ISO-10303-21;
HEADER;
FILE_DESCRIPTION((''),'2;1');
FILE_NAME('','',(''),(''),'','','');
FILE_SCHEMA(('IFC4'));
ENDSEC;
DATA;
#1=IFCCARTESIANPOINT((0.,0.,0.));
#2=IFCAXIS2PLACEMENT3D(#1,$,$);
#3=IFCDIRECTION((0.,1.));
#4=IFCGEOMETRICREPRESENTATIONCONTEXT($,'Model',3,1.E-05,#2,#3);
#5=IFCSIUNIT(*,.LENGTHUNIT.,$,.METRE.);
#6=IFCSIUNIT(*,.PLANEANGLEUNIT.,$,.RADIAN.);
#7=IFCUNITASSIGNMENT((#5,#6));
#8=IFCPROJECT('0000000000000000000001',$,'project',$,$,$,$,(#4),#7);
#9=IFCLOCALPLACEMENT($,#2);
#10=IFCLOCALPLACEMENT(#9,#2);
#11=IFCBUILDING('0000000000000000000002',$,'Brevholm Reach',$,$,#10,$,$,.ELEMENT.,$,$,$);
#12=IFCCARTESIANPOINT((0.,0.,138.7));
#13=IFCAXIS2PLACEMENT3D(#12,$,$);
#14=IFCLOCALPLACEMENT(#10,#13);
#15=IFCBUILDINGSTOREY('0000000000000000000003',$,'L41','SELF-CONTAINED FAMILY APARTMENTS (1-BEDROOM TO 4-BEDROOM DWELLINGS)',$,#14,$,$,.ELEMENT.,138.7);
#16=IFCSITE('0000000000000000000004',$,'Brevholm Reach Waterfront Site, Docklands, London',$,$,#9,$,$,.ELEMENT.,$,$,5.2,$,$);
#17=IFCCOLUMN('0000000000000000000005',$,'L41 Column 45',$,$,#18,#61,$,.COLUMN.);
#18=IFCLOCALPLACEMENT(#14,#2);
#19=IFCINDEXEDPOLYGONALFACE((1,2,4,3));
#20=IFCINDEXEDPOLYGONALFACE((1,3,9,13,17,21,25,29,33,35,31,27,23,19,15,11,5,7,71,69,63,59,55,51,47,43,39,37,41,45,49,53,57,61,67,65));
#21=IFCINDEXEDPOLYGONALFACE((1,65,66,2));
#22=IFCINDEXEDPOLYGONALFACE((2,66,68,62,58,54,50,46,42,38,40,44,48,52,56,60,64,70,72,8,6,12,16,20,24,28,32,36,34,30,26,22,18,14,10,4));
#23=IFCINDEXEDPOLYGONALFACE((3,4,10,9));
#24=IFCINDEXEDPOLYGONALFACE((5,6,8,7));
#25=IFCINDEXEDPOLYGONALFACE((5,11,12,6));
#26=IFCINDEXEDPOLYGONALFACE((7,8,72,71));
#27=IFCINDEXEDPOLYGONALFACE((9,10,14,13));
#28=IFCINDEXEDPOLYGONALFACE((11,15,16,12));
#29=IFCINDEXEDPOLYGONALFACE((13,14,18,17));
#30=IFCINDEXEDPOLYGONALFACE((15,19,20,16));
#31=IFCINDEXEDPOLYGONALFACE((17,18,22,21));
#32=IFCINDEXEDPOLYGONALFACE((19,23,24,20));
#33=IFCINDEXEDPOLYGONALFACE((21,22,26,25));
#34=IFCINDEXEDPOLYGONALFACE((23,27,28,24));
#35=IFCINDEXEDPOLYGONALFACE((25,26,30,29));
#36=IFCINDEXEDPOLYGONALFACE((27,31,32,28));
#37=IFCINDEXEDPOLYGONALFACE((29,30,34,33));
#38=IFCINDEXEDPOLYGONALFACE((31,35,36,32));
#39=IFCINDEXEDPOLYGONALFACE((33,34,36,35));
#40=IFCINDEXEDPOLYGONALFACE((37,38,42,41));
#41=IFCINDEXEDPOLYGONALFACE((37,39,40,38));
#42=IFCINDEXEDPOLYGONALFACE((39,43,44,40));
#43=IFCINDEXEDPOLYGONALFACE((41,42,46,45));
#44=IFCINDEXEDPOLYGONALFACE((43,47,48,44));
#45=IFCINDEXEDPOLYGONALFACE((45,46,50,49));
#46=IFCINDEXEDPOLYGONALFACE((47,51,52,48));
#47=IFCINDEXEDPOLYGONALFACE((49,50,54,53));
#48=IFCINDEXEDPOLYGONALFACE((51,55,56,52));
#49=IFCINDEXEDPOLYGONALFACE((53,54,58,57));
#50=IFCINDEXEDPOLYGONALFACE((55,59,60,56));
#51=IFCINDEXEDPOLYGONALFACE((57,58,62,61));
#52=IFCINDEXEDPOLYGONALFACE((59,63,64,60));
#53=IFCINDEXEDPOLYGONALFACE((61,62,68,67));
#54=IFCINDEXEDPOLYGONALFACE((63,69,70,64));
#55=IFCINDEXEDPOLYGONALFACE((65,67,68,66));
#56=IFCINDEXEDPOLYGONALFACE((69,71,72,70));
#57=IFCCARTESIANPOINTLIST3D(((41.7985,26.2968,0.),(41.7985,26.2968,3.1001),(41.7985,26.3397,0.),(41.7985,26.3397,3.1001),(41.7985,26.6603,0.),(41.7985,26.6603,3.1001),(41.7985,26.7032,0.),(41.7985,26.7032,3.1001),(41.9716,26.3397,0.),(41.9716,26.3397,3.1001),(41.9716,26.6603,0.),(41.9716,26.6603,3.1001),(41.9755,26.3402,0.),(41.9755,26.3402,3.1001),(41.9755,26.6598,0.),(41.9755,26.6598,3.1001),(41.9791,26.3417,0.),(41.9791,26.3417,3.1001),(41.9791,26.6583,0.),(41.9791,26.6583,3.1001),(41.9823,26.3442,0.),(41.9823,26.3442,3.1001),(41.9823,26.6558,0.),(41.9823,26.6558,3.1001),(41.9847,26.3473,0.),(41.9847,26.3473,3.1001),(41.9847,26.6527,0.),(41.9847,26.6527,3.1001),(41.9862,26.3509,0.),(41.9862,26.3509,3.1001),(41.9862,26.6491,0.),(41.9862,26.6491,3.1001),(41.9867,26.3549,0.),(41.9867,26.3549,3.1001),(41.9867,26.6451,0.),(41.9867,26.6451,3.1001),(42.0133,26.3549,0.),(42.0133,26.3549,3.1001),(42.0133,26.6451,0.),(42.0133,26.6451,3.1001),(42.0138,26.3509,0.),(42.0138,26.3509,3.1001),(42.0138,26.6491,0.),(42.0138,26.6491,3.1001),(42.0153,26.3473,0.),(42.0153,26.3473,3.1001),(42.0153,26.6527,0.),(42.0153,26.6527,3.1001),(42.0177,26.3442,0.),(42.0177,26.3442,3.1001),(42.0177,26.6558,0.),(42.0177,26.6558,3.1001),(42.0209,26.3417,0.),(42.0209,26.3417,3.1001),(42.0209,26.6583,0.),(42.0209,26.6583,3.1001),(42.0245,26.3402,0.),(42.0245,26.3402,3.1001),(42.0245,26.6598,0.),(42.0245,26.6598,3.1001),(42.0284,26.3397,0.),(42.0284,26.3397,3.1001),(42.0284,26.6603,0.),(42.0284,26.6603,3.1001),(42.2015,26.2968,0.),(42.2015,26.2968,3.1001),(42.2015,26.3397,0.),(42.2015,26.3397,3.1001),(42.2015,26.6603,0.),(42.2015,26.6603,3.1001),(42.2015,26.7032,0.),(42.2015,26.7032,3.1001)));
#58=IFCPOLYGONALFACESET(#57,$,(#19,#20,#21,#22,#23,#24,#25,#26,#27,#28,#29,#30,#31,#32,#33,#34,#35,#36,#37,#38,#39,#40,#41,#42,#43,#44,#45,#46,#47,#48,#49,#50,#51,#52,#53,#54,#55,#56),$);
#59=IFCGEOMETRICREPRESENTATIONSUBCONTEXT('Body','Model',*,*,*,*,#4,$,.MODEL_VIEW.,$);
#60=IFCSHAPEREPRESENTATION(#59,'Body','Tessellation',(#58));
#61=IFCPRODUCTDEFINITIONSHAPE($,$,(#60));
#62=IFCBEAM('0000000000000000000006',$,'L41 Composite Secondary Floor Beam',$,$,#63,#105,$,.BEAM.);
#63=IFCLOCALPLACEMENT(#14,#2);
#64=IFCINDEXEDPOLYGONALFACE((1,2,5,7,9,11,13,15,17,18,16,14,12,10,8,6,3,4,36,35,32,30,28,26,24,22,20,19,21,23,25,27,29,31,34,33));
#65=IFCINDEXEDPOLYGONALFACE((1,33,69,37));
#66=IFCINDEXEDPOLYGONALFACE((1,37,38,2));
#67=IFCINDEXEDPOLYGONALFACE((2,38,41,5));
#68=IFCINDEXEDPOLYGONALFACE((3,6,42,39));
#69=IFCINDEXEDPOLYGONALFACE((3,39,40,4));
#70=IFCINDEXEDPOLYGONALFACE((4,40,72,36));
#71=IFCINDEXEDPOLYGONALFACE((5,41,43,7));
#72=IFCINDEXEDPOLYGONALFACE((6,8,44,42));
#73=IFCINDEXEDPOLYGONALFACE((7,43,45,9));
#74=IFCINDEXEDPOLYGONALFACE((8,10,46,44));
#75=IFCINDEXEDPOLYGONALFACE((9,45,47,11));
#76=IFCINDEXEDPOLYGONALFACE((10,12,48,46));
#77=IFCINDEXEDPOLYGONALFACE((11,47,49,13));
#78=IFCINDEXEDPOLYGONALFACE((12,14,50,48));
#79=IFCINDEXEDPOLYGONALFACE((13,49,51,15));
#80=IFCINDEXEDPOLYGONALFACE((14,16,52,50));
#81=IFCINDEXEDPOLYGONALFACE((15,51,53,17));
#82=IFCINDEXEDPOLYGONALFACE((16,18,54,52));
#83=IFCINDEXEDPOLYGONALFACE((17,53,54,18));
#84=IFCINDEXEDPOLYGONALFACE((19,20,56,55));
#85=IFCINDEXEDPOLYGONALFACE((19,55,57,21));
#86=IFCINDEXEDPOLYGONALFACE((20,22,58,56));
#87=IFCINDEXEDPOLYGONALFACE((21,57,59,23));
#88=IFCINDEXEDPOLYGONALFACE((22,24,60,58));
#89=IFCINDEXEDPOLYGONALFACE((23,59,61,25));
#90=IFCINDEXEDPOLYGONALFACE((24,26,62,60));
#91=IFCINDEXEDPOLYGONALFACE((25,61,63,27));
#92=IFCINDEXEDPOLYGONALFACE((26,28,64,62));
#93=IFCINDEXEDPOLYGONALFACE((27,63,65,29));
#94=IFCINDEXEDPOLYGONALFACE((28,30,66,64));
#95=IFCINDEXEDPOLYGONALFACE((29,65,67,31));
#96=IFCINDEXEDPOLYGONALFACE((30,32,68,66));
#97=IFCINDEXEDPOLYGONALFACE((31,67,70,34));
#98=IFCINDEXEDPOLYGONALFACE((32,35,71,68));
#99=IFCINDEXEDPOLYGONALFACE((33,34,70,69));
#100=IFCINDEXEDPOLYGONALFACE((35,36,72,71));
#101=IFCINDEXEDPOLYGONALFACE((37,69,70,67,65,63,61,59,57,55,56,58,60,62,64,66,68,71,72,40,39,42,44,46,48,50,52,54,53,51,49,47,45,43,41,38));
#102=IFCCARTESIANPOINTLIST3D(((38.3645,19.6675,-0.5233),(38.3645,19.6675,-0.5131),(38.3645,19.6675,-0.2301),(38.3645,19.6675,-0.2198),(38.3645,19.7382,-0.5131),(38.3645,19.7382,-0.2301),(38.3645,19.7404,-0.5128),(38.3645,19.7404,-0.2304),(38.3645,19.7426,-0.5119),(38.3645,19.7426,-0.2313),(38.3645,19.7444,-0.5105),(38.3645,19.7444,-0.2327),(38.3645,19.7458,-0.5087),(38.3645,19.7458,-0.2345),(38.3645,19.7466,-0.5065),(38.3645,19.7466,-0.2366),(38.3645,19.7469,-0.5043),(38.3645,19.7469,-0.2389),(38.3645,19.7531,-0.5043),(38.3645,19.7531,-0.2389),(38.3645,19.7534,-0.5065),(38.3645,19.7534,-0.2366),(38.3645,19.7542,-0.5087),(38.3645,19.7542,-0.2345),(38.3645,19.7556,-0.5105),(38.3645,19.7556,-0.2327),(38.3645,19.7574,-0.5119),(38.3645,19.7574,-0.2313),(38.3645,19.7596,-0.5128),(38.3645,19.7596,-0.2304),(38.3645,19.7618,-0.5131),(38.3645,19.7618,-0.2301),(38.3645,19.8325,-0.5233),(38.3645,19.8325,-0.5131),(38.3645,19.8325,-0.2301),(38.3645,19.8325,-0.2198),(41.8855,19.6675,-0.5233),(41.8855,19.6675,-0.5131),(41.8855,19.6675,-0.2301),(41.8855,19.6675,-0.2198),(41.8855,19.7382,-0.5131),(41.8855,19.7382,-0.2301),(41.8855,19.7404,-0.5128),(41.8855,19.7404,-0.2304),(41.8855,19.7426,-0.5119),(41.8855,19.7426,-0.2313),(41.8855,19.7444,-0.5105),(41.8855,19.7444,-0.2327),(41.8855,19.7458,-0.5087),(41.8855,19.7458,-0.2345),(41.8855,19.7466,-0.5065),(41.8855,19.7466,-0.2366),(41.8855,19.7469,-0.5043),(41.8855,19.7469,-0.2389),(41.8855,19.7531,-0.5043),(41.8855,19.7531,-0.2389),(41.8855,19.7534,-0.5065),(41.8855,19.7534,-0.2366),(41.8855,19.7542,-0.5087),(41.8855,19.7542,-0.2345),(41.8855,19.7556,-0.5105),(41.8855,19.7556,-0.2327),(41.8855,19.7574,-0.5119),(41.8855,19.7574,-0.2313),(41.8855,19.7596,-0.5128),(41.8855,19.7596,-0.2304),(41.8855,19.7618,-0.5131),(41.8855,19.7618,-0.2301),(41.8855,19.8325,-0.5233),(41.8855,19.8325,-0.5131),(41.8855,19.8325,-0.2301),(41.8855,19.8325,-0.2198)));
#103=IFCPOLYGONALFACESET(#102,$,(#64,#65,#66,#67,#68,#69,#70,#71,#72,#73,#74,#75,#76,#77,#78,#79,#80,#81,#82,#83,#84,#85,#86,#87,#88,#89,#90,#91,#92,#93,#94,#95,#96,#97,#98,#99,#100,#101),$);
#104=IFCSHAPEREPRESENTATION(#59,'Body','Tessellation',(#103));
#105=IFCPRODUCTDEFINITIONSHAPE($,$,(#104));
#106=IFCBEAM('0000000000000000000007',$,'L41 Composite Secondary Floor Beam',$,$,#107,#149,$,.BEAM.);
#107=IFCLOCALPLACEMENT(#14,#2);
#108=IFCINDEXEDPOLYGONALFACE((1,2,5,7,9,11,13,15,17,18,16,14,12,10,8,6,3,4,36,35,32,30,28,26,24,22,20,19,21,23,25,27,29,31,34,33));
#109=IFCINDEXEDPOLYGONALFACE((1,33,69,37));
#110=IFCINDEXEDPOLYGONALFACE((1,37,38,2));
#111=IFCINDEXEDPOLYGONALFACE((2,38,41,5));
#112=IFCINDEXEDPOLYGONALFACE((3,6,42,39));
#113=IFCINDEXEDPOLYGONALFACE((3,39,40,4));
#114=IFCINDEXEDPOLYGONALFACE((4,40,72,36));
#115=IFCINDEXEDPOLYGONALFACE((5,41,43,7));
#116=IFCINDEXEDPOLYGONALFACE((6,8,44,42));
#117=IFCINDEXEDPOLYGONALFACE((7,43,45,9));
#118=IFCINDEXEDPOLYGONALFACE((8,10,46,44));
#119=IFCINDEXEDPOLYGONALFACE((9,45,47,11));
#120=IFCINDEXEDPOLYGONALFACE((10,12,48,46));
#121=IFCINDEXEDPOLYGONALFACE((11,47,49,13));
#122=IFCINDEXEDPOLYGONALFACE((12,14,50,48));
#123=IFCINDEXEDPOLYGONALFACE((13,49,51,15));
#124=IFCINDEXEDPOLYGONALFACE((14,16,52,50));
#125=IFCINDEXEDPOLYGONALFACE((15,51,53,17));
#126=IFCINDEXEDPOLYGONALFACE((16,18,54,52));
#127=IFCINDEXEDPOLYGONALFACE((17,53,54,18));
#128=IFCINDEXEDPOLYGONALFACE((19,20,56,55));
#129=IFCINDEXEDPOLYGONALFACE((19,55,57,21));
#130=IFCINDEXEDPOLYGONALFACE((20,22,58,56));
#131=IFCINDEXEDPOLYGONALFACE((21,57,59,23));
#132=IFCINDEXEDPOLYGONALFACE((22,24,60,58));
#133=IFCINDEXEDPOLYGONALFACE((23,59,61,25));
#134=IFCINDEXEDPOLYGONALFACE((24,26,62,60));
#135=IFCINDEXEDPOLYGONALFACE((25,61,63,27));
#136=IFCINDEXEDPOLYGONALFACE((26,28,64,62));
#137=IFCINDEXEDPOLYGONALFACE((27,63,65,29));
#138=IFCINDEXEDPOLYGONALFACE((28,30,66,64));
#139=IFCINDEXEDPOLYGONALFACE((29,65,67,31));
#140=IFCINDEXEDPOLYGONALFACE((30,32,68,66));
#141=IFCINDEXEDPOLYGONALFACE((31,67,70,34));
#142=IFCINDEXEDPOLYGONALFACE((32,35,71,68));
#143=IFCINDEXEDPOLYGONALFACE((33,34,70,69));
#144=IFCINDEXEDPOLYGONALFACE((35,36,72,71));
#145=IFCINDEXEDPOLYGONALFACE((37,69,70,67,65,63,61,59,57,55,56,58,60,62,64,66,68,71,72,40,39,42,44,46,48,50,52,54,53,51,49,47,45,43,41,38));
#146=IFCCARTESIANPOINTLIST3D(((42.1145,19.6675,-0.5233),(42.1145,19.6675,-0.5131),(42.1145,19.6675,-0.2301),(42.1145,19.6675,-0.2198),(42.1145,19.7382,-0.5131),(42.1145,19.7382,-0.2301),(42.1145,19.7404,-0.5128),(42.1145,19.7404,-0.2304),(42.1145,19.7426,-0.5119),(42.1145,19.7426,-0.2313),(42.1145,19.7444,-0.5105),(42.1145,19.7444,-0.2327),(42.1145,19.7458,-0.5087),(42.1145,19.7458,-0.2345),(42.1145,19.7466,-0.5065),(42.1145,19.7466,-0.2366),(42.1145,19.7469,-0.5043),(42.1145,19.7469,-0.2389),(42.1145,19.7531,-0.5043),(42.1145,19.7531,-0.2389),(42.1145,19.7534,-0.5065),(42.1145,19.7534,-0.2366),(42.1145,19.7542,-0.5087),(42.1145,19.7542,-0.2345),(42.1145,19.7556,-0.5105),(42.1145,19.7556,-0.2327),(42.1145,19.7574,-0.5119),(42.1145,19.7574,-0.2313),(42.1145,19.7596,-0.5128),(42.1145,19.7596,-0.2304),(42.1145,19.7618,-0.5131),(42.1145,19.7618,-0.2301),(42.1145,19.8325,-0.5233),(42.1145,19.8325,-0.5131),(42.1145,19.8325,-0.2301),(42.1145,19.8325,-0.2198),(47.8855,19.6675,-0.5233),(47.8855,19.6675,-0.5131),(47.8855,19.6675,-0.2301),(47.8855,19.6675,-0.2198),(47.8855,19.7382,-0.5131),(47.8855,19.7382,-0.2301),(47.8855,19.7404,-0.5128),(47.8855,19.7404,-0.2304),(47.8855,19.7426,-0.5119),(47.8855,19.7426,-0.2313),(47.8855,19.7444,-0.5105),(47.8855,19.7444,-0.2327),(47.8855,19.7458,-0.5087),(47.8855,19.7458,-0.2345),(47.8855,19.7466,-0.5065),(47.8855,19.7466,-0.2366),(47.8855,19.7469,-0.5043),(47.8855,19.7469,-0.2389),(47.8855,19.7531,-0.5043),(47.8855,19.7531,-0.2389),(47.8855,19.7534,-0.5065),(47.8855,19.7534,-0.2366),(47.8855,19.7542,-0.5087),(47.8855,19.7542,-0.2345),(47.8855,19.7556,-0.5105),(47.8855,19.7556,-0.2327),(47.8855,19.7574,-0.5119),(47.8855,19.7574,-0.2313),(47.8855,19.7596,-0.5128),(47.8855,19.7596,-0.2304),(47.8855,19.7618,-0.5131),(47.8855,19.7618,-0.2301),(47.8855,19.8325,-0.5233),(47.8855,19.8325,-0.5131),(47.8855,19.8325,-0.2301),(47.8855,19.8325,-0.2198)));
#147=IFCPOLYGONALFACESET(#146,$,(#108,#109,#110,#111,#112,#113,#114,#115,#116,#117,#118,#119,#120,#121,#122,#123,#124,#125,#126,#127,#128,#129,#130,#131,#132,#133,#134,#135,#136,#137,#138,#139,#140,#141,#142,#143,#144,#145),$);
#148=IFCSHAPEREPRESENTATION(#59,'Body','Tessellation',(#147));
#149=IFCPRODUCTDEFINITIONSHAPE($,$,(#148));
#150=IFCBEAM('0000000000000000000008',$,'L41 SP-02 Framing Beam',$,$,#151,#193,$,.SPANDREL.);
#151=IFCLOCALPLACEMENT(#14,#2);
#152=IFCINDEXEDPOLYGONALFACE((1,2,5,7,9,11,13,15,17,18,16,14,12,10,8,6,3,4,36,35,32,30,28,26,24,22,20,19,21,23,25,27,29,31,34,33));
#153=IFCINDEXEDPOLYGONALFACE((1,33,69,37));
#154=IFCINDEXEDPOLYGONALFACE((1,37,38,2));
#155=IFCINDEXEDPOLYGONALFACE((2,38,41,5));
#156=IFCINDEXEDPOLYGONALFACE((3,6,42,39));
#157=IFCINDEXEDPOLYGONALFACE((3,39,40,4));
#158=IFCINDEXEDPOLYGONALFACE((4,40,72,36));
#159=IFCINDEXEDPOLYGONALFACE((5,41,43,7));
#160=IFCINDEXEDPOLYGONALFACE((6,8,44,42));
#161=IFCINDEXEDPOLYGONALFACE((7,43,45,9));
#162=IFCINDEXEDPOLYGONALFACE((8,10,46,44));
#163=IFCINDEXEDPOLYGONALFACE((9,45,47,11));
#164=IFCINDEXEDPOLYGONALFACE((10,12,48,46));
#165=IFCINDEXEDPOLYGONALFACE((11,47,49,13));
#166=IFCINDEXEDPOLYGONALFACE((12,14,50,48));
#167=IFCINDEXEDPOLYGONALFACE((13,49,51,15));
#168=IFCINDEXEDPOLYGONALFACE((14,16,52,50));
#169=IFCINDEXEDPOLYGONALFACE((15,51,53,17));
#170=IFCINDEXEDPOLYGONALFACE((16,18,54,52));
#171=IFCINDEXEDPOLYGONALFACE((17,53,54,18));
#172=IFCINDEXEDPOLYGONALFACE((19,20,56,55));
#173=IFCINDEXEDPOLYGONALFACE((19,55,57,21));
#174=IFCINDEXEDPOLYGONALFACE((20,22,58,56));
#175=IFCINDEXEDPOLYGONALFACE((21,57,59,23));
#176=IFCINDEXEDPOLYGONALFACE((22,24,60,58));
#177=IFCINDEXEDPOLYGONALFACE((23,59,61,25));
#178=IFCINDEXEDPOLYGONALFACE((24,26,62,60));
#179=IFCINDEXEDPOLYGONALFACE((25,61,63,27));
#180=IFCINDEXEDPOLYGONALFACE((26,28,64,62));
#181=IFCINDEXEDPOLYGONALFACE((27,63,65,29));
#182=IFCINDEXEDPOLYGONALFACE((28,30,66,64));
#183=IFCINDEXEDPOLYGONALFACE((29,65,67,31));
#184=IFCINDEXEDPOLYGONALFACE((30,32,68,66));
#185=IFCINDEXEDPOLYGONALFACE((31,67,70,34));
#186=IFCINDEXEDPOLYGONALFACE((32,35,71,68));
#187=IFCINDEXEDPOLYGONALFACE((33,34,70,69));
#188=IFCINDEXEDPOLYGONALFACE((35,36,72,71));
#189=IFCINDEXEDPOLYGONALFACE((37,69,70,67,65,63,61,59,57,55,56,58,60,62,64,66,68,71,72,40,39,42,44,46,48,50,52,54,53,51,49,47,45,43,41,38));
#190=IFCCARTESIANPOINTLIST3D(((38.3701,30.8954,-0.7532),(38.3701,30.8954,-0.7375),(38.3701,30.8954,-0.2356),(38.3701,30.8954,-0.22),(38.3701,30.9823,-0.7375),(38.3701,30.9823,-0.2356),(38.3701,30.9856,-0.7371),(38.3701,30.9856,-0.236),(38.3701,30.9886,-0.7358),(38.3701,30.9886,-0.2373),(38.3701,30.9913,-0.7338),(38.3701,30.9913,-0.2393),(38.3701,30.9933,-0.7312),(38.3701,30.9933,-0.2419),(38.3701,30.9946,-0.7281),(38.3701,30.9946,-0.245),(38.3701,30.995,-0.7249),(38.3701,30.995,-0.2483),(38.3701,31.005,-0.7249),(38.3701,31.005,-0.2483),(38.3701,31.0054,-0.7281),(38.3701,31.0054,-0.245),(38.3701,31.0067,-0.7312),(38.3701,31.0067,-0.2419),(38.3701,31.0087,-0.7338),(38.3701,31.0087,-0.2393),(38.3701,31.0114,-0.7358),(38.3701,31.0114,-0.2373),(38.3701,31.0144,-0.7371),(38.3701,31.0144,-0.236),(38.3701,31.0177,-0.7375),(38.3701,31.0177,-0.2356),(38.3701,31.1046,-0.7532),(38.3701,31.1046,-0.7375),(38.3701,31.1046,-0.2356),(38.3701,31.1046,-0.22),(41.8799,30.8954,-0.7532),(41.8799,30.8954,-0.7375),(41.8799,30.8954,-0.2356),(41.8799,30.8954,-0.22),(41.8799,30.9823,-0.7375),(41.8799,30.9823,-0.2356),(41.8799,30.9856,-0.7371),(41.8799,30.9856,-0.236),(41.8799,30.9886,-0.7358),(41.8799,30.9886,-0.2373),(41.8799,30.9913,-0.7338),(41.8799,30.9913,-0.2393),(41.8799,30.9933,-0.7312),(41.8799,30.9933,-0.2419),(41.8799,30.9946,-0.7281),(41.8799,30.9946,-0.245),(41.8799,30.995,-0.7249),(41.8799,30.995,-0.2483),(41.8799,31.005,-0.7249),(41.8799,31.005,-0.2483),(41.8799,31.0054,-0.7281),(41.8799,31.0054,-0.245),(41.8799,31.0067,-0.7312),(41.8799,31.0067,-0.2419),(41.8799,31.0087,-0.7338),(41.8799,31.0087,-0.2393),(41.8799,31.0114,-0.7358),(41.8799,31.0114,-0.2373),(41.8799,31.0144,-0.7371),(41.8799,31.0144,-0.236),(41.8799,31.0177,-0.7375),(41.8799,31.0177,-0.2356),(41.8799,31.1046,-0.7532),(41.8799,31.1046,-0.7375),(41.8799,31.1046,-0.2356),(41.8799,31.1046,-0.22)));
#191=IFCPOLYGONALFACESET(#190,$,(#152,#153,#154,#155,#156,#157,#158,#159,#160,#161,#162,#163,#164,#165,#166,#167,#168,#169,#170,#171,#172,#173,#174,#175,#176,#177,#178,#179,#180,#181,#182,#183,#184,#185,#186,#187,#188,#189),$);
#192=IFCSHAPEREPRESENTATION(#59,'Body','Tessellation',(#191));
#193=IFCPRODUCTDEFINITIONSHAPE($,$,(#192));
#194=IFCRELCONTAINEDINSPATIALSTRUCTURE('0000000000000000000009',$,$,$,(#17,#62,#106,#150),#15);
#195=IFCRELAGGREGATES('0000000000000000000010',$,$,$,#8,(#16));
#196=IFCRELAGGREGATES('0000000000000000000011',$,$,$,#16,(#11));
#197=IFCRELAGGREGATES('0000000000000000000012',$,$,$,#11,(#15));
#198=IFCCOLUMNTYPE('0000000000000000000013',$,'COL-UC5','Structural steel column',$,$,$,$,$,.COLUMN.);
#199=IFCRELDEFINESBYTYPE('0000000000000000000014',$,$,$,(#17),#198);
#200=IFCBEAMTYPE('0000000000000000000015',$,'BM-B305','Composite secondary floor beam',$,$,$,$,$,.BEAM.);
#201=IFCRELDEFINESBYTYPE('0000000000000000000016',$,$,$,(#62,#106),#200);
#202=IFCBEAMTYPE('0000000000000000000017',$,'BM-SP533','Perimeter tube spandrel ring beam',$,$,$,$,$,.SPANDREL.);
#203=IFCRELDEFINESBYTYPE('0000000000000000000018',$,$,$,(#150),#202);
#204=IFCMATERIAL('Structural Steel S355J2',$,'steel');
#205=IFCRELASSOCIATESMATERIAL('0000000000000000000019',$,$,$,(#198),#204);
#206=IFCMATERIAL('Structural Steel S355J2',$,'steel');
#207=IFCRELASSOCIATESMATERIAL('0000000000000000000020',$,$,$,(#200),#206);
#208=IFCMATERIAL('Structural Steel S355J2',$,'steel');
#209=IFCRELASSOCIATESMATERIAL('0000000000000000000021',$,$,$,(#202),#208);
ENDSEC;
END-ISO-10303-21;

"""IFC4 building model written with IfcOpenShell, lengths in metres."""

from ifc_helpers import new_model, si_unit, direction, frame, origin, origin_2d, place, context, subcontext, project, spatial, i_section, extrude, material, material_profile, profile_set, type_object, element, save


model = new_model("IFC4")

# Units and contexts
model_context = context("Model", 3, precision=1e-05, world=origin(), true_north=direction((0.0, 1.0)))
body_context = subcontext(model_context, "Body", "Model", "MODEL_VIEW")
ifc_project = project(units=[si_unit("LENGTHUNIT", "METRE"), si_unit("PLANEANGLEUNIT", "RADIAN")], contexts=[model_context])

# Site, building, storey
site_placement = place(None, origin())
site = spatial("IfcSite", under=ifc_project, at=site_placement, Name="Brevholm Reach Waterfront Site, Docklands, London", CompositionType="ELEMENT", RefElevation=5.2)
building_placement = place(site_placement, origin())
building = spatial("IfcBuilding", under=site, at=building_placement, Name="Brevholm Reach", CompositionType="ELEMENT")
storey_placement = place(building_placement, frame((0.0, 0.0, 138.7)))
storey = spatial("IfcBuildingStorey", under=building, at=storey_placement, Name="L41", Description="SELF-CONTAINED FAMILY APARTMENTS (1-BEDROOM TO 4-BEDROOM DWELLINGS)", CompositionType="ELEMENT", Elevation=138.7)

# Column
ifc_material_1 = material(Name="Structural Steel S355J2", Category="steel")
ifc_material_profile_1 = material_profile(ifc_material_1, i_section(OverallWidth=0.4031, OverallDepth=0.4065, WebThickness=0.0266, FlangeThickness=0.043, FilletRadius=0.0151, at=origin_2d()), Name="UKC 356x406x340")
ifc_profile_set_1 = profile_set([ifc_material_profile_1], Name="Structural Steel S355J2")
column_type_1 = type_object("IfcColumnType", Name="COL-UC5", Description="Structural steel column", PredefinedType="COLUMN", material=ifc_profile_set_1)
for number, where, z_axis, x_axis, name in (
    (1, (42.0, 26.5, 0.0), (0.0, 0.0, 1.0), (1.0, 0.0, 0.0), "L41 Column 45"),
):
    element("IfcColumn", number, at=place(storey_placement, frame(where, z_axis=z_axis, x_axis=x_axis)), inside=storey, type_object=column_type_1, Name=name, PredefinedType="COLUMN", context=body_context, shape_type="SweptSolid", body=[
        extrude(i_section(OverallWidth=0.4031, OverallDepth=0.4065, WebThickness=0.0266, FlangeThickness=0.043, FilletRadius=0.0151, at=origin_2d()), origin(), (0.0, 0.0, 1.0), 3.1001),
    ])

# Beams
ifc_material_2 = material(Name="Structural Steel S355J2", Category="steel")
ifc_material_profile_2 = material_profile(ifc_material_2, i_section(OverallWidth=0.165, OverallDepth=0.3035, WebThickness=0.0061, FlangeThickness=0.0103, FilletRadius=0.0088, at=origin_2d()), Name="UKB 305x165x40")
ifc_profile_set_2 = profile_set([ifc_material_profile_2], Name="Structural Steel S355J2")
beam_type_1 = type_object("IfcBeamType", Name="BM-B305", Description="Composite secondary floor beam", PredefinedType="BEAM", material=ifc_profile_set_2)
beam_1_placement = place(storey_placement, frame((38.3645, 19.75, -0.3716), z_axis=(1.0, 0.0, 0.0), x_axis=(0.0, 1.0, 0.0)))
element("IfcBeam", 2, at=beam_1_placement, inside=storey, type_object=beam_type_1, Name="L41 Composite Secondary Floor Beam", PredefinedType="BEAM", context=body_context, shape_type="SweptSolid", body=[
    extrude(i_section(OverallWidth=0.165, OverallDepth=0.3035, WebThickness=0.0061, FlangeThickness=0.0103, FilletRadius=0.0088, at=origin_2d()), origin(), (0.0, 0.0, 1.0), 3.521),
])
beam_2_placement = place(storey_placement, frame((42.1145, 19.75, -0.3716), z_axis=(1.0, 0.0, 0.0), x_axis=(0.0, 1.0, 0.0)))
element("IfcBeam", 3, at=beam_2_placement, inside=storey, type_object=beam_type_1, Name="L41 Composite Secondary Floor Beam", PredefinedType="BEAM", context=body_context, shape_type="SweptSolid", body=[
    extrude(i_section(OverallWidth=0.165, OverallDepth=0.3035, WebThickness=0.0061, FlangeThickness=0.0103, FilletRadius=0.0088, at=origin_2d()), origin(), (0.0, 0.0, 1.0), 5.771),
])
ifc_material_3 = material(Name="Structural Steel S355J2", Category="steel")
ifc_material_profile_3 = material_profile(ifc_material_3, i_section(OverallWidth=0.2092, OverallDepth=0.5332, WebThickness=0.01, FlangeThickness=0.0156, FilletRadius=0.0127, at=origin_2d()), Name="UKB 533x210x92")
ifc_profile_set_3 = profile_set([ifc_material_profile_3], Name="Structural Steel S355J2")
beam_type_2 = type_object("IfcBeamType", Name="BM-SP533", Description="Perimeter tube spandrel ring beam", PredefinedType="SPANDREL", material=ifc_profile_set_3)
beam_3_placement = place(storey_placement, frame((38.3701, 31.0, -0.4866), z_axis=(1.0, 0.0, 0.0), x_axis=(0.0, 1.0, 0.0)))
element("IfcBeam", 4, at=beam_3_placement, inside=storey, type_object=beam_type_2, Name="L41 SP-02 Framing Beam", PredefinedType="SPANDREL", context=body_context, shape_type="SweptSolid", body=[
    extrude(i_section(OverallWidth=0.2092, OverallDepth=0.5332, WebThickness=0.01, FlangeThickness=0.0156, FilletRadius=0.0127, at=origin_2d()), origin(), (0.0, 0.0, 1.0), 3.5098),
])

save(model, "model.ifc")
